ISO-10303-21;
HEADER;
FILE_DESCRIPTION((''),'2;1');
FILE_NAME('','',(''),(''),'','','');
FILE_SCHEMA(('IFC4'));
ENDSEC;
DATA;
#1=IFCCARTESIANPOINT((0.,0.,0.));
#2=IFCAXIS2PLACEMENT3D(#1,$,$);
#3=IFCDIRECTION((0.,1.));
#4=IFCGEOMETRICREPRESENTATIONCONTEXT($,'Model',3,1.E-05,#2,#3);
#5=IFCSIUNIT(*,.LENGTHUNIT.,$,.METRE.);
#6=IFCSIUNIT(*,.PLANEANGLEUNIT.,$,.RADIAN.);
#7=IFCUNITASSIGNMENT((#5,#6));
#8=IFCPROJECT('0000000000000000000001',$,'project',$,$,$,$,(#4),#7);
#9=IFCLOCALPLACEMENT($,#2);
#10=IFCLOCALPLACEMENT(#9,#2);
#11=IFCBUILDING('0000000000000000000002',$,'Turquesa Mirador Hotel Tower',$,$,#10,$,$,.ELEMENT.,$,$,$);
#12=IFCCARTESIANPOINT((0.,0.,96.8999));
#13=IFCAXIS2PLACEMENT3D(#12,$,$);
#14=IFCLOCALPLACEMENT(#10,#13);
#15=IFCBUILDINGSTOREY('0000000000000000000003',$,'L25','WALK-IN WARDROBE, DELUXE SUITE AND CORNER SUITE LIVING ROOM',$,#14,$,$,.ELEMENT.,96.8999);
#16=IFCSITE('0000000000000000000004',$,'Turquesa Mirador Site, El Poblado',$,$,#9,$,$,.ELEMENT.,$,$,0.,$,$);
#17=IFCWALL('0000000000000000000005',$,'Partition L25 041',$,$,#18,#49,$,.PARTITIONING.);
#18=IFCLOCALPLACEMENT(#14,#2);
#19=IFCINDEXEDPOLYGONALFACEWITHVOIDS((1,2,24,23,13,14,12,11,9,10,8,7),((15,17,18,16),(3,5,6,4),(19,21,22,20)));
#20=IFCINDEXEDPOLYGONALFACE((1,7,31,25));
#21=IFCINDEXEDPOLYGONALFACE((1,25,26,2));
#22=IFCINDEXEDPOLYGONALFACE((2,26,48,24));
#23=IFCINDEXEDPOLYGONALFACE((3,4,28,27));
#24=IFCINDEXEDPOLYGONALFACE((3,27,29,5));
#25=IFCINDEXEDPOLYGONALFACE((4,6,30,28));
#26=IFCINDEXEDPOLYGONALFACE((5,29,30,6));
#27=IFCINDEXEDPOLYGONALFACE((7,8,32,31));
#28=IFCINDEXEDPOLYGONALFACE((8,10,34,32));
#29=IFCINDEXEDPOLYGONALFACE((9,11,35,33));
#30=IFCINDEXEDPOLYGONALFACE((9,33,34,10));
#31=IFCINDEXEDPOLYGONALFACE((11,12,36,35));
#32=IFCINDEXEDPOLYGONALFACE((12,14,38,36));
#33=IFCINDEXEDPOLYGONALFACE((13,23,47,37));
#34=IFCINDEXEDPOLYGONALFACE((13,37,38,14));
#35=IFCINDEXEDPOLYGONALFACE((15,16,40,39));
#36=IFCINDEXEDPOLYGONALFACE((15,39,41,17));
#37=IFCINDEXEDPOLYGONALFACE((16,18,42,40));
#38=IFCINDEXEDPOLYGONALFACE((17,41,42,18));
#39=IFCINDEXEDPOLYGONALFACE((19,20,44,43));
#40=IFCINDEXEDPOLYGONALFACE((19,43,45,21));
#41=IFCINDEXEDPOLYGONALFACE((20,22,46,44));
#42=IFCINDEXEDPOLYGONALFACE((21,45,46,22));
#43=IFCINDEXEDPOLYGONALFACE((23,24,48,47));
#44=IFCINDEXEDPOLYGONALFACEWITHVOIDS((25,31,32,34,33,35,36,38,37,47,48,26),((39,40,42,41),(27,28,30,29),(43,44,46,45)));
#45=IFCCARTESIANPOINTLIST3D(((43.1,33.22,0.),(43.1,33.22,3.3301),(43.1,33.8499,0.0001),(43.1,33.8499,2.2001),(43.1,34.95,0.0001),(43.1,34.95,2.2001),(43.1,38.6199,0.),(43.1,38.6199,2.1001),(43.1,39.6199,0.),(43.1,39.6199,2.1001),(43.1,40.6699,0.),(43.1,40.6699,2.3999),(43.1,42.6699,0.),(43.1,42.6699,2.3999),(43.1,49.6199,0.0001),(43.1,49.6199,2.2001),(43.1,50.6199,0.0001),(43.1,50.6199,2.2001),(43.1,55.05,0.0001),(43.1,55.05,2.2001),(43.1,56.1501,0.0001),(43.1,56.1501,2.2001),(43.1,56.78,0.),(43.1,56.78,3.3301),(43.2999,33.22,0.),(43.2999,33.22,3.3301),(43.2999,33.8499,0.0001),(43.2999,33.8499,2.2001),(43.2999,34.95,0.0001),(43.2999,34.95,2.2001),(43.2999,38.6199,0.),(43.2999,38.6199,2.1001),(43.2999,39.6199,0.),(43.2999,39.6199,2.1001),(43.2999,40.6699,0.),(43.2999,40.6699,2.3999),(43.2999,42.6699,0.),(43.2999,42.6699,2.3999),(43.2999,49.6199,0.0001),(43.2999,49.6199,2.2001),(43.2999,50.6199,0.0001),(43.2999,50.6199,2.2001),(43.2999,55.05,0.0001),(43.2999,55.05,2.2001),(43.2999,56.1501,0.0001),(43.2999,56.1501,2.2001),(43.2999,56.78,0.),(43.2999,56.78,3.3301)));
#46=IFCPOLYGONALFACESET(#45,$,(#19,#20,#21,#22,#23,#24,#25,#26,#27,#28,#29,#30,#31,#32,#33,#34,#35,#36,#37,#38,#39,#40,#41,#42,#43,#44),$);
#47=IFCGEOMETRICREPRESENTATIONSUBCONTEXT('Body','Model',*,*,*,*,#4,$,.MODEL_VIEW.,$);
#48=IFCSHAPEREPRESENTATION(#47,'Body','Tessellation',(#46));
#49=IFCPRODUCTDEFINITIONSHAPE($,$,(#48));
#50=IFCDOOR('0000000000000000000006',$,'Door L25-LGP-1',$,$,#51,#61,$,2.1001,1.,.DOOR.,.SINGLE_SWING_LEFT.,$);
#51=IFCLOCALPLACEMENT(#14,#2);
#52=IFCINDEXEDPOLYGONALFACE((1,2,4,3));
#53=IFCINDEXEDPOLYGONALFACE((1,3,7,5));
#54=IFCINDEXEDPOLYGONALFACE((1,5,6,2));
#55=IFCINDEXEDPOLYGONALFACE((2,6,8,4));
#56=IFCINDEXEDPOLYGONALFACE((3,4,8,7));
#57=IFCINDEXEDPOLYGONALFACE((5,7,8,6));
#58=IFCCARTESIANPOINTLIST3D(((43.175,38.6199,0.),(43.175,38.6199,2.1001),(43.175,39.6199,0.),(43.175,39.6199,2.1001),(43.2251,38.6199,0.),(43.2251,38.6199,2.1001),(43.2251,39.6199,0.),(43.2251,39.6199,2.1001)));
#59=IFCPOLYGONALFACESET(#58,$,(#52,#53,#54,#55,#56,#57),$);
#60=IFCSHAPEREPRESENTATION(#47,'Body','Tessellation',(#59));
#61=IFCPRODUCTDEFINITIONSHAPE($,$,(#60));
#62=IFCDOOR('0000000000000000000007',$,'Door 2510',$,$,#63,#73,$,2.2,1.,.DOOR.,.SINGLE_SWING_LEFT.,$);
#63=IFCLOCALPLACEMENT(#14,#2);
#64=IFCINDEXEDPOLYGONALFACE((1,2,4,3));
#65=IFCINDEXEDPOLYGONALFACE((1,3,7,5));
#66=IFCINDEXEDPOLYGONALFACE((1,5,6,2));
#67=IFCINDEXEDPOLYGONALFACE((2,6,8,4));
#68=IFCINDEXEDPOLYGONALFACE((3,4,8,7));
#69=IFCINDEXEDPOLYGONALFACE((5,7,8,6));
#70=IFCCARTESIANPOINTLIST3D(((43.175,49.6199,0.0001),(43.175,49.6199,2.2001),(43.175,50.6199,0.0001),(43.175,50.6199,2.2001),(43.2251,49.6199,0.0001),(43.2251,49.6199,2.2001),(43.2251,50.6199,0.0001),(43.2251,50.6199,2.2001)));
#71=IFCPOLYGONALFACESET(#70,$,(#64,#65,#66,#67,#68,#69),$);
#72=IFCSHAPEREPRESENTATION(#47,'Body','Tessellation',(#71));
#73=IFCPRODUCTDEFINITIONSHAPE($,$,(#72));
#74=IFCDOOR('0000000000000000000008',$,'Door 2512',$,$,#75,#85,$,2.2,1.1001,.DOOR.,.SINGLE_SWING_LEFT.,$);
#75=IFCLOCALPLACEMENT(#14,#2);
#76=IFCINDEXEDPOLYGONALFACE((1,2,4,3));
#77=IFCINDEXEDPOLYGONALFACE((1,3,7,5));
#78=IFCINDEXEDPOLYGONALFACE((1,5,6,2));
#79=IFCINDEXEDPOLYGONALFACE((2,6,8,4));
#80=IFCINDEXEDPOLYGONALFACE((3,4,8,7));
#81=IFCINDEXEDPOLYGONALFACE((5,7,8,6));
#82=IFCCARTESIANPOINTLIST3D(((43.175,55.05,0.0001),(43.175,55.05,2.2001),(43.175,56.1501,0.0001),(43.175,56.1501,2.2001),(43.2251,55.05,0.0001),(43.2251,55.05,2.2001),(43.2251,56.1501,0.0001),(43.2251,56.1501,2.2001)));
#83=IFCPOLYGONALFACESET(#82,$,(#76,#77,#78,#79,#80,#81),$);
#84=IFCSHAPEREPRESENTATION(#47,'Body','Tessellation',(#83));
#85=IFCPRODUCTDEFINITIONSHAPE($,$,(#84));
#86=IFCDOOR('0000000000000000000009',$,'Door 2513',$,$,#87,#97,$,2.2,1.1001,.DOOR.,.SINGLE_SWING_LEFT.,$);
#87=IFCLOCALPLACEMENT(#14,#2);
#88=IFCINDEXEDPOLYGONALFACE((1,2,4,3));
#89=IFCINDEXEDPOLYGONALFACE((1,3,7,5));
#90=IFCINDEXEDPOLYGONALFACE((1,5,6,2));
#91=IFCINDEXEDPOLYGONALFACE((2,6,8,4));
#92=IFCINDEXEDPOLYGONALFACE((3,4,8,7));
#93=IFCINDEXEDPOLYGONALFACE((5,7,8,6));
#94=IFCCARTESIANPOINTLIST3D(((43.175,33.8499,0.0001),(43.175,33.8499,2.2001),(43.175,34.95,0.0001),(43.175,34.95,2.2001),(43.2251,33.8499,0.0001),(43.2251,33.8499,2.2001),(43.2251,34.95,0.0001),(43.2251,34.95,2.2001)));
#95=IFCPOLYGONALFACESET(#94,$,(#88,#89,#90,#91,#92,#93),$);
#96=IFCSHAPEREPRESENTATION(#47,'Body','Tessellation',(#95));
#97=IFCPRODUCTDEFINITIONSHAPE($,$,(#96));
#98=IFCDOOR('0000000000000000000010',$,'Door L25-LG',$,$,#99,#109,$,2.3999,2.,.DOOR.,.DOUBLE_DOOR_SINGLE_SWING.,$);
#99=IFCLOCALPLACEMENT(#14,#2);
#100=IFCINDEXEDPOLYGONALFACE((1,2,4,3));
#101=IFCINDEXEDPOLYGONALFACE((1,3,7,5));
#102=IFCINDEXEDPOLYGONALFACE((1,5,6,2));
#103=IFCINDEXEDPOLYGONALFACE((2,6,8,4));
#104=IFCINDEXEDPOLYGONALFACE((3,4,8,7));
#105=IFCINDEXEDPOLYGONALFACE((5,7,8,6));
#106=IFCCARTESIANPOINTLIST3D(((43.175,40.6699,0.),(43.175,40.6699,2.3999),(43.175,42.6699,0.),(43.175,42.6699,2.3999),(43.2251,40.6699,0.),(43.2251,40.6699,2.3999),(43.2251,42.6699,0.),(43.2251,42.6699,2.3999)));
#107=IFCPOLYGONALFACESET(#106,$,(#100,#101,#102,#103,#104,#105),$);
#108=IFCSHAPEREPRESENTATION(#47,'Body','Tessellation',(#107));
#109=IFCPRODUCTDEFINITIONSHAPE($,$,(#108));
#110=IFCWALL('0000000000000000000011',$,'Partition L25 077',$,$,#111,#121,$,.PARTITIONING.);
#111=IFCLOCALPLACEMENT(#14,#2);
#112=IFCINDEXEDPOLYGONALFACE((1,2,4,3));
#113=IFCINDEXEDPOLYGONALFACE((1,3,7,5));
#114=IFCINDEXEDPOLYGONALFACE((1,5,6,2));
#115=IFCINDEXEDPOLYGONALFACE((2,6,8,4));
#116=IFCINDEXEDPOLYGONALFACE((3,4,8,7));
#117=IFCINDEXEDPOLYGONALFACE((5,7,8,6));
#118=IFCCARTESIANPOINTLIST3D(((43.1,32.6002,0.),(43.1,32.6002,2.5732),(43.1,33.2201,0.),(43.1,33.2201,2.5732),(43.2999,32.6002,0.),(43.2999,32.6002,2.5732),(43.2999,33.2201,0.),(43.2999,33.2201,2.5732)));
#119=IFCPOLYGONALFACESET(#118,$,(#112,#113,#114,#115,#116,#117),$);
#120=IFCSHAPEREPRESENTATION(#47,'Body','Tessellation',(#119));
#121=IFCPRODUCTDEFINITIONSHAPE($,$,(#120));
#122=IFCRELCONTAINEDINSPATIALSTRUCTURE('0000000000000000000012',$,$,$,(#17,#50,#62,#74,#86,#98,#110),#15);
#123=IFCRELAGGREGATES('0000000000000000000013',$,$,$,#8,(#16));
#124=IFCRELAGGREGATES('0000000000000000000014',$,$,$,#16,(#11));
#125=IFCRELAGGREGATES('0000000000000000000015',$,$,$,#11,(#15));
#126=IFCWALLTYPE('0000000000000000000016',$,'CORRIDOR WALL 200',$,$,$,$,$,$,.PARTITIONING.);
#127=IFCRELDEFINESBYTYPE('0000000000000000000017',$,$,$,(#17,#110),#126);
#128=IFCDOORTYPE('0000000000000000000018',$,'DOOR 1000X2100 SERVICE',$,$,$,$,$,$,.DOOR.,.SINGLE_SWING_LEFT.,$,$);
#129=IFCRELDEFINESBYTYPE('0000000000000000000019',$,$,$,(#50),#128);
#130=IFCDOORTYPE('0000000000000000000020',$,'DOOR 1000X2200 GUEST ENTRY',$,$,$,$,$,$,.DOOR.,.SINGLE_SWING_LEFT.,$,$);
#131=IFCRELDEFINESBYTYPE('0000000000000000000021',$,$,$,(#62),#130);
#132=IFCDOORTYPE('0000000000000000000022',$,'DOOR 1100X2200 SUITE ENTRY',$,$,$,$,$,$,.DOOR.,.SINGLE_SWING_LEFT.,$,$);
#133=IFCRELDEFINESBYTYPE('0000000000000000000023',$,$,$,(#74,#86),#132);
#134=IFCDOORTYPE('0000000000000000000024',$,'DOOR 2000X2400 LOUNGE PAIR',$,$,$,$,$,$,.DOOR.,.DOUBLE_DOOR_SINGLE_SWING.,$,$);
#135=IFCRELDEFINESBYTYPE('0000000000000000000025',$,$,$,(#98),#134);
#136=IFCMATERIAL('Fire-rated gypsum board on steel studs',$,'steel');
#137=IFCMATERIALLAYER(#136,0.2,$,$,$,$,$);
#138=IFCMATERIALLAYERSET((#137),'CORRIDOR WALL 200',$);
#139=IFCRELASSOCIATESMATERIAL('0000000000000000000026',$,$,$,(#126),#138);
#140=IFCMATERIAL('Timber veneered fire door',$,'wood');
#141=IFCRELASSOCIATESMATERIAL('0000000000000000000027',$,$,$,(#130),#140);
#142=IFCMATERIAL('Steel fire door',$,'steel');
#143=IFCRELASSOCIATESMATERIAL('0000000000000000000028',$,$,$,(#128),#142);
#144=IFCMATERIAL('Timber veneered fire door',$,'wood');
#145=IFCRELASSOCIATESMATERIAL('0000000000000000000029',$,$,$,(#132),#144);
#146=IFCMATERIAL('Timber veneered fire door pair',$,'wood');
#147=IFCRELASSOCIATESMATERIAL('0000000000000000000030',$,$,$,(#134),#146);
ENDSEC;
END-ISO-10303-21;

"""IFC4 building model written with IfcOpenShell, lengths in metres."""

from ifc_helpers import new_model, si_unit, direction, frame, frame_2d, origin, place, context, subcontext, project, spatial, rectangle, extrude, material, layer, layer_set, type_object, element, fill, save


model = new_model("IFC4")

# Units and contexts
model_context = context("Model", 3, precision=1e-05, world=origin(), true_north=direction((0.0, 1.0)))
body_context = subcontext(model_context, "Body", "Model", "MODEL_VIEW")
ifc_project = project(units=[si_unit("LENGTHUNIT", "METRE"), si_unit("PLANEANGLEUNIT", "RADIAN")], contexts=[model_context])

# Site, building, storey
site_placement = place(None, origin())
site = spatial("IfcSite", under=ifc_project, at=site_placement, Name="Turquesa Mirador Site, El Poblado", CompositionType="ELEMENT", RefElevation=0.0)
building_placement = place(site_placement, origin())
building = spatial("IfcBuilding", under=site, at=building_placement, Name="Turquesa Mirador Hotel Tower", CompositionType="ELEMENT")
storey_placement = place(building_placement, frame((0.0, 0.0, 96.8999)))
storey = spatial("IfcBuildingStorey", under=building, at=storey_placement, Name="L25", Description="WALK-IN WARDROBE, DELUXE SUITE AND CORNER SUITE LIVING ROOM", CompositionType="ELEMENT", Elevation=96.8999)

# Wall, openings, doors
ifc_material_1 = material(Name="Fire-rated gypsum board on steel studs", Category="steel")
ifc_layer_1 = layer(ifc_material_1, 0.2)
ifc_layer_set_1 = layer_set([ifc_layer_1], Name="CORRIDOR WALL 200")
wall_type_1 = type_object("IfcWallType", Name="CORRIDOR WALL 200", PredefinedType="PARTITIONING", material=ifc_layer_set_1)
ifc_material_2 = material(Name="Timber veneered fire door", Category="wood")
door_type_1 = type_object("IfcDoorType", Name="DOOR 1000X2200 GUEST ENTRY", OperationType="SINGLE_SWING_LEFT", PredefinedType="DOOR", material=ifc_material_2)
wall_1_placement = place(storey_placement, frame((43.2, 33.22, 0.0), z_axis=(0.0, 0.0, 1.0), x_axis=(0.0, 1.0, 0.0)))
wall_1 = element("IfcWall", 1, at=wall_1_placement, inside=storey, type_object=wall_type_1, Name="Partition L25 041", PredefinedType="PARTITIONING", context=body_context, shape_type="SweptSolid", body=[
    extrude(rectangle(XDim=23.5601, YDim=0.2, at=frame_2d((11.78, 0.0))), origin(), (0.0, 0.0, 1.0), 3.3301),
])
opening_1_placement = place(wall_1_placement, frame((16.3999, 0.0, 0.0)))
opening_1 = element("IfcOpeningElement", 2, at=opening_1_placement, cuts=wall_1, PredefinedType="OPENING", context=body_context, shape_type="SweptSolid", body=[
    extrude(rectangle(XDim=1.0, YDim=2.2, at=frame_2d((0.5, 1.1001))), frame((0.0, 0.1099, 0.0), z_axis=(0.0, -1.0, 0.0), x_axis=(1.0, 0.0, 0.0)), (0.0, 0.0, 1.0), 0.22),
])
opening_2_placement = place(wall_1_placement, frame((21.8301, 0.0, 0.0)))
opening_2 = element("IfcOpeningElement", 3, at=opening_2_placement, cuts=wall_1, PredefinedType="OPENING", context=body_context, shape_type="SweptSolid", body=[
    extrude(rectangle(XDim=1.1001, YDim=2.2, at=frame_2d((0.55, 1.1001))), frame((0.0, 0.1099, 0.0), z_axis=(0.0, -1.0, 0.0), x_axis=(1.0, 0.0, 0.0)), (0.0, 0.0, 1.0), 0.22),
])
opening_3_placement = place(wall_1_placement, frame((0.6299, 0.0, 0.0)))
opening_3 = element("IfcOpeningElement", 4, at=opening_3_placement, cuts=wall_1, PredefinedType="OPENING", context=body_context, shape_type="SweptSolid", body=[
    extrude(rectangle(XDim=1.1001, YDim=2.2, at=frame_2d((0.55, 1.1001))), frame((0.0, 0.1099, 0.0), z_axis=(0.0, -1.0, 0.0), x_axis=(1.0, 0.0, 0.0)), (0.0, 0.0, 1.0), 0.22),
])
opening_4_placement = place(wall_1_placement, frame((7.45, 0.0, 0.0)))
opening_4 = element("IfcOpeningElement", 5, at=opening_4_placement, cuts=wall_1, PredefinedType="OPENING", context=body_context, shape_type="SweptSolid", body=[
    extrude(rectangle(XDim=2.0, YDim=2.3999, at=frame_2d((1.0, 1.2))), frame((0.0, 0.1099, 0.0), z_axis=(0.0, -1.0, 0.0), x_axis=(1.0, 0.0, 0.0)), (0.0, 0.0, 1.0), 0.22),
])
opening_5_placement = place(wall_1_placement, frame((5.3999, 0.0, 0.0)))
opening_5 = element("IfcOpeningElement", 6, at=opening_5_placement, cuts=wall_1, PredefinedType="OPENING", context=body_context, shape_type="SweptSolid", body=[
    extrude(rectangle(XDim=1.0, YDim=2.1001, at=frame_2d((0.5, 1.05))), frame((0.0, 0.1099, 0.0), z_axis=(0.0, -1.0, 0.0), x_axis=(1.0, 0.0, 0.0)), (0.0, 0.0, 1.0), 0.22),
])
ifc_material_3 = material(Name="Steel fire door", Category="steel")
door_type_2 = type_object("IfcDoorType", Name="DOOR 1000X2100 SERVICE", OperationType="SINGLE_SWING_LEFT", PredefinedType="DOOR", material=ifc_material_3)
door_1_placement = place(opening_5_placement, origin())
door_1 = element("IfcDoor", 7, at=door_1_placement, inside=storey, type_object=door_type_2, Name="Door L25-LGP-1", OperationType="SINGLE_SWING_LEFT", OverallHeight=2.1001, OverallWidth=1.0, PredefinedType="DOOR", context=body_context, shape_type="SweptSolid", body=[
    extrude(rectangle(XDim=1.0, YDim=2.1001, at=frame_2d((0.5, 1.05))), frame((0.0, 0.0249, 0.0), z_axis=(0.0, -1.0, 0.0), x_axis=(1.0, 0.0, 0.0)), (0.0, 0.0, 1.0), 0.05),
])
fill(opening_5, door_1)
door_2_placement = place(opening_1_placement, origin())
door_2 = element("IfcDoor", 8, at=door_2_placement, inside=storey, type_object=door_type_1, Name="Door 2510", OperationType="SINGLE_SWING_LEFT", OverallHeight=2.2, OverallWidth=1.0, PredefinedType="DOOR", context=body_context, shape_type="SweptSolid", body=[
    extrude(rectangle(XDim=1.0, YDim=2.2, at=frame_2d((0.5, 1.1001))), frame((0.0, 0.0249, 0.0), z_axis=(0.0, -1.0, 0.0), x_axis=(1.0, 0.0, 0.0)), (0.0, 0.0, 1.0), 0.05),
])
fill(opening_1, door_2)
ifc_material_4 = material(Name="Timber veneered fire door", Category="wood")
door_type_3 = type_object("IfcDoorType", Name="DOOR 1100X2200 SUITE ENTRY", OperationType="SINGLE_SWING_LEFT", PredefinedType="DOOR", material=ifc_material_4)
door_3_placement = place(opening_2_placement, origin())
door_3 = element("IfcDoor", 9, at=door_3_placement, inside=storey, type_object=door_type_3, Name="Door 2512", OperationType="SINGLE_SWING_LEFT", OverallHeight=2.2, OverallWidth=1.1001, PredefinedType="DOOR", context=body_context, shape_type="SweptSolid", body=[
    extrude(rectangle(XDim=1.1001, YDim=2.2, at=frame_2d((0.55, 1.1001))), frame((0.0, 0.0249, 0.0), z_axis=(0.0, -1.0, 0.0), x_axis=(1.0, 0.0, 0.0)), (0.0, 0.0, 1.0), 0.05),
])
fill(opening_2, door_3)
door_4_placement = place(opening_3_placement, origin())
door_4 = element("IfcDoor", 10, at=door_4_placement, inside=storey, type_object=door_type_3, Name="Door 2513", OperationType="SINGLE_SWING_LEFT", OverallHeight=2.2, OverallWidth=1.1001, PredefinedType="DOOR", context=body_context, shape_type="SweptSolid", body=[
    extrude(rectangle(XDim=1.1001, YDim=2.2, at=frame_2d((0.55, 1.1001))), frame((0.0, 0.0249, 0.0), z_axis=(0.0, -1.0, 0.0), x_axis=(1.0, 0.0, 0.0)), (0.0, 0.0, 1.0), 0.05),
])
fill(opening_3, door_4)
ifc_material_5 = material(Name="Timber veneered fire door pair", Category="wood")
door_type_4 = type_object("IfcDoorType", Name="DOOR 2000X2400 LOUNGE PAIR", OperationType="DOUBLE_DOOR_SINGLE_SWING", PredefinedType="DOOR", material=ifc_material_5)
door_5_placement = place(opening_4_placement, origin())
door_5 = element("IfcDoor", 11, at=door_5_placement, inside=storey, type_object=door_type_4, Name="Door L25-LG", OperationType="DOUBLE_DOOR_SINGLE_SWING", OverallHeight=2.3999, OverallWidth=2.0, PredefinedType="DOOR", context=body_context, shape_type="SweptSolid", body=[
    extrude(rectangle(XDim=2.0, YDim=2.3999, at=frame_2d((1.0, 1.2))), frame((0.0, 0.0249, 0.0), z_axis=(0.0, -1.0, 0.0), x_axis=(1.0, 0.0, 0.0)), (0.0, 0.0, 1.0), 0.05),
])
fill(opening_4, door_5)

# Wall
wall_2_placement = place(storey_placement, frame((43.2, 32.6001, 0.0), z_axis=(0.0, 0.0, 1.0), x_axis=(0.0, 1.0, 0.0)))
element("IfcWall", 12, at=wall_2_placement, inside=storey, type_object=wall_type_1, Name="Partition L25 077", PredefinedType="PARTITIONING", context=body_context, shape_type="SweptSolid", body=[
    extrude(rectangle(XDim=0.6199, YDim=0.2, at=frame_2d((0.3101, 0.0))), origin(), (0.0, 0.0, 1.0), 2.5732),
])

save(model, "model.ifc")
